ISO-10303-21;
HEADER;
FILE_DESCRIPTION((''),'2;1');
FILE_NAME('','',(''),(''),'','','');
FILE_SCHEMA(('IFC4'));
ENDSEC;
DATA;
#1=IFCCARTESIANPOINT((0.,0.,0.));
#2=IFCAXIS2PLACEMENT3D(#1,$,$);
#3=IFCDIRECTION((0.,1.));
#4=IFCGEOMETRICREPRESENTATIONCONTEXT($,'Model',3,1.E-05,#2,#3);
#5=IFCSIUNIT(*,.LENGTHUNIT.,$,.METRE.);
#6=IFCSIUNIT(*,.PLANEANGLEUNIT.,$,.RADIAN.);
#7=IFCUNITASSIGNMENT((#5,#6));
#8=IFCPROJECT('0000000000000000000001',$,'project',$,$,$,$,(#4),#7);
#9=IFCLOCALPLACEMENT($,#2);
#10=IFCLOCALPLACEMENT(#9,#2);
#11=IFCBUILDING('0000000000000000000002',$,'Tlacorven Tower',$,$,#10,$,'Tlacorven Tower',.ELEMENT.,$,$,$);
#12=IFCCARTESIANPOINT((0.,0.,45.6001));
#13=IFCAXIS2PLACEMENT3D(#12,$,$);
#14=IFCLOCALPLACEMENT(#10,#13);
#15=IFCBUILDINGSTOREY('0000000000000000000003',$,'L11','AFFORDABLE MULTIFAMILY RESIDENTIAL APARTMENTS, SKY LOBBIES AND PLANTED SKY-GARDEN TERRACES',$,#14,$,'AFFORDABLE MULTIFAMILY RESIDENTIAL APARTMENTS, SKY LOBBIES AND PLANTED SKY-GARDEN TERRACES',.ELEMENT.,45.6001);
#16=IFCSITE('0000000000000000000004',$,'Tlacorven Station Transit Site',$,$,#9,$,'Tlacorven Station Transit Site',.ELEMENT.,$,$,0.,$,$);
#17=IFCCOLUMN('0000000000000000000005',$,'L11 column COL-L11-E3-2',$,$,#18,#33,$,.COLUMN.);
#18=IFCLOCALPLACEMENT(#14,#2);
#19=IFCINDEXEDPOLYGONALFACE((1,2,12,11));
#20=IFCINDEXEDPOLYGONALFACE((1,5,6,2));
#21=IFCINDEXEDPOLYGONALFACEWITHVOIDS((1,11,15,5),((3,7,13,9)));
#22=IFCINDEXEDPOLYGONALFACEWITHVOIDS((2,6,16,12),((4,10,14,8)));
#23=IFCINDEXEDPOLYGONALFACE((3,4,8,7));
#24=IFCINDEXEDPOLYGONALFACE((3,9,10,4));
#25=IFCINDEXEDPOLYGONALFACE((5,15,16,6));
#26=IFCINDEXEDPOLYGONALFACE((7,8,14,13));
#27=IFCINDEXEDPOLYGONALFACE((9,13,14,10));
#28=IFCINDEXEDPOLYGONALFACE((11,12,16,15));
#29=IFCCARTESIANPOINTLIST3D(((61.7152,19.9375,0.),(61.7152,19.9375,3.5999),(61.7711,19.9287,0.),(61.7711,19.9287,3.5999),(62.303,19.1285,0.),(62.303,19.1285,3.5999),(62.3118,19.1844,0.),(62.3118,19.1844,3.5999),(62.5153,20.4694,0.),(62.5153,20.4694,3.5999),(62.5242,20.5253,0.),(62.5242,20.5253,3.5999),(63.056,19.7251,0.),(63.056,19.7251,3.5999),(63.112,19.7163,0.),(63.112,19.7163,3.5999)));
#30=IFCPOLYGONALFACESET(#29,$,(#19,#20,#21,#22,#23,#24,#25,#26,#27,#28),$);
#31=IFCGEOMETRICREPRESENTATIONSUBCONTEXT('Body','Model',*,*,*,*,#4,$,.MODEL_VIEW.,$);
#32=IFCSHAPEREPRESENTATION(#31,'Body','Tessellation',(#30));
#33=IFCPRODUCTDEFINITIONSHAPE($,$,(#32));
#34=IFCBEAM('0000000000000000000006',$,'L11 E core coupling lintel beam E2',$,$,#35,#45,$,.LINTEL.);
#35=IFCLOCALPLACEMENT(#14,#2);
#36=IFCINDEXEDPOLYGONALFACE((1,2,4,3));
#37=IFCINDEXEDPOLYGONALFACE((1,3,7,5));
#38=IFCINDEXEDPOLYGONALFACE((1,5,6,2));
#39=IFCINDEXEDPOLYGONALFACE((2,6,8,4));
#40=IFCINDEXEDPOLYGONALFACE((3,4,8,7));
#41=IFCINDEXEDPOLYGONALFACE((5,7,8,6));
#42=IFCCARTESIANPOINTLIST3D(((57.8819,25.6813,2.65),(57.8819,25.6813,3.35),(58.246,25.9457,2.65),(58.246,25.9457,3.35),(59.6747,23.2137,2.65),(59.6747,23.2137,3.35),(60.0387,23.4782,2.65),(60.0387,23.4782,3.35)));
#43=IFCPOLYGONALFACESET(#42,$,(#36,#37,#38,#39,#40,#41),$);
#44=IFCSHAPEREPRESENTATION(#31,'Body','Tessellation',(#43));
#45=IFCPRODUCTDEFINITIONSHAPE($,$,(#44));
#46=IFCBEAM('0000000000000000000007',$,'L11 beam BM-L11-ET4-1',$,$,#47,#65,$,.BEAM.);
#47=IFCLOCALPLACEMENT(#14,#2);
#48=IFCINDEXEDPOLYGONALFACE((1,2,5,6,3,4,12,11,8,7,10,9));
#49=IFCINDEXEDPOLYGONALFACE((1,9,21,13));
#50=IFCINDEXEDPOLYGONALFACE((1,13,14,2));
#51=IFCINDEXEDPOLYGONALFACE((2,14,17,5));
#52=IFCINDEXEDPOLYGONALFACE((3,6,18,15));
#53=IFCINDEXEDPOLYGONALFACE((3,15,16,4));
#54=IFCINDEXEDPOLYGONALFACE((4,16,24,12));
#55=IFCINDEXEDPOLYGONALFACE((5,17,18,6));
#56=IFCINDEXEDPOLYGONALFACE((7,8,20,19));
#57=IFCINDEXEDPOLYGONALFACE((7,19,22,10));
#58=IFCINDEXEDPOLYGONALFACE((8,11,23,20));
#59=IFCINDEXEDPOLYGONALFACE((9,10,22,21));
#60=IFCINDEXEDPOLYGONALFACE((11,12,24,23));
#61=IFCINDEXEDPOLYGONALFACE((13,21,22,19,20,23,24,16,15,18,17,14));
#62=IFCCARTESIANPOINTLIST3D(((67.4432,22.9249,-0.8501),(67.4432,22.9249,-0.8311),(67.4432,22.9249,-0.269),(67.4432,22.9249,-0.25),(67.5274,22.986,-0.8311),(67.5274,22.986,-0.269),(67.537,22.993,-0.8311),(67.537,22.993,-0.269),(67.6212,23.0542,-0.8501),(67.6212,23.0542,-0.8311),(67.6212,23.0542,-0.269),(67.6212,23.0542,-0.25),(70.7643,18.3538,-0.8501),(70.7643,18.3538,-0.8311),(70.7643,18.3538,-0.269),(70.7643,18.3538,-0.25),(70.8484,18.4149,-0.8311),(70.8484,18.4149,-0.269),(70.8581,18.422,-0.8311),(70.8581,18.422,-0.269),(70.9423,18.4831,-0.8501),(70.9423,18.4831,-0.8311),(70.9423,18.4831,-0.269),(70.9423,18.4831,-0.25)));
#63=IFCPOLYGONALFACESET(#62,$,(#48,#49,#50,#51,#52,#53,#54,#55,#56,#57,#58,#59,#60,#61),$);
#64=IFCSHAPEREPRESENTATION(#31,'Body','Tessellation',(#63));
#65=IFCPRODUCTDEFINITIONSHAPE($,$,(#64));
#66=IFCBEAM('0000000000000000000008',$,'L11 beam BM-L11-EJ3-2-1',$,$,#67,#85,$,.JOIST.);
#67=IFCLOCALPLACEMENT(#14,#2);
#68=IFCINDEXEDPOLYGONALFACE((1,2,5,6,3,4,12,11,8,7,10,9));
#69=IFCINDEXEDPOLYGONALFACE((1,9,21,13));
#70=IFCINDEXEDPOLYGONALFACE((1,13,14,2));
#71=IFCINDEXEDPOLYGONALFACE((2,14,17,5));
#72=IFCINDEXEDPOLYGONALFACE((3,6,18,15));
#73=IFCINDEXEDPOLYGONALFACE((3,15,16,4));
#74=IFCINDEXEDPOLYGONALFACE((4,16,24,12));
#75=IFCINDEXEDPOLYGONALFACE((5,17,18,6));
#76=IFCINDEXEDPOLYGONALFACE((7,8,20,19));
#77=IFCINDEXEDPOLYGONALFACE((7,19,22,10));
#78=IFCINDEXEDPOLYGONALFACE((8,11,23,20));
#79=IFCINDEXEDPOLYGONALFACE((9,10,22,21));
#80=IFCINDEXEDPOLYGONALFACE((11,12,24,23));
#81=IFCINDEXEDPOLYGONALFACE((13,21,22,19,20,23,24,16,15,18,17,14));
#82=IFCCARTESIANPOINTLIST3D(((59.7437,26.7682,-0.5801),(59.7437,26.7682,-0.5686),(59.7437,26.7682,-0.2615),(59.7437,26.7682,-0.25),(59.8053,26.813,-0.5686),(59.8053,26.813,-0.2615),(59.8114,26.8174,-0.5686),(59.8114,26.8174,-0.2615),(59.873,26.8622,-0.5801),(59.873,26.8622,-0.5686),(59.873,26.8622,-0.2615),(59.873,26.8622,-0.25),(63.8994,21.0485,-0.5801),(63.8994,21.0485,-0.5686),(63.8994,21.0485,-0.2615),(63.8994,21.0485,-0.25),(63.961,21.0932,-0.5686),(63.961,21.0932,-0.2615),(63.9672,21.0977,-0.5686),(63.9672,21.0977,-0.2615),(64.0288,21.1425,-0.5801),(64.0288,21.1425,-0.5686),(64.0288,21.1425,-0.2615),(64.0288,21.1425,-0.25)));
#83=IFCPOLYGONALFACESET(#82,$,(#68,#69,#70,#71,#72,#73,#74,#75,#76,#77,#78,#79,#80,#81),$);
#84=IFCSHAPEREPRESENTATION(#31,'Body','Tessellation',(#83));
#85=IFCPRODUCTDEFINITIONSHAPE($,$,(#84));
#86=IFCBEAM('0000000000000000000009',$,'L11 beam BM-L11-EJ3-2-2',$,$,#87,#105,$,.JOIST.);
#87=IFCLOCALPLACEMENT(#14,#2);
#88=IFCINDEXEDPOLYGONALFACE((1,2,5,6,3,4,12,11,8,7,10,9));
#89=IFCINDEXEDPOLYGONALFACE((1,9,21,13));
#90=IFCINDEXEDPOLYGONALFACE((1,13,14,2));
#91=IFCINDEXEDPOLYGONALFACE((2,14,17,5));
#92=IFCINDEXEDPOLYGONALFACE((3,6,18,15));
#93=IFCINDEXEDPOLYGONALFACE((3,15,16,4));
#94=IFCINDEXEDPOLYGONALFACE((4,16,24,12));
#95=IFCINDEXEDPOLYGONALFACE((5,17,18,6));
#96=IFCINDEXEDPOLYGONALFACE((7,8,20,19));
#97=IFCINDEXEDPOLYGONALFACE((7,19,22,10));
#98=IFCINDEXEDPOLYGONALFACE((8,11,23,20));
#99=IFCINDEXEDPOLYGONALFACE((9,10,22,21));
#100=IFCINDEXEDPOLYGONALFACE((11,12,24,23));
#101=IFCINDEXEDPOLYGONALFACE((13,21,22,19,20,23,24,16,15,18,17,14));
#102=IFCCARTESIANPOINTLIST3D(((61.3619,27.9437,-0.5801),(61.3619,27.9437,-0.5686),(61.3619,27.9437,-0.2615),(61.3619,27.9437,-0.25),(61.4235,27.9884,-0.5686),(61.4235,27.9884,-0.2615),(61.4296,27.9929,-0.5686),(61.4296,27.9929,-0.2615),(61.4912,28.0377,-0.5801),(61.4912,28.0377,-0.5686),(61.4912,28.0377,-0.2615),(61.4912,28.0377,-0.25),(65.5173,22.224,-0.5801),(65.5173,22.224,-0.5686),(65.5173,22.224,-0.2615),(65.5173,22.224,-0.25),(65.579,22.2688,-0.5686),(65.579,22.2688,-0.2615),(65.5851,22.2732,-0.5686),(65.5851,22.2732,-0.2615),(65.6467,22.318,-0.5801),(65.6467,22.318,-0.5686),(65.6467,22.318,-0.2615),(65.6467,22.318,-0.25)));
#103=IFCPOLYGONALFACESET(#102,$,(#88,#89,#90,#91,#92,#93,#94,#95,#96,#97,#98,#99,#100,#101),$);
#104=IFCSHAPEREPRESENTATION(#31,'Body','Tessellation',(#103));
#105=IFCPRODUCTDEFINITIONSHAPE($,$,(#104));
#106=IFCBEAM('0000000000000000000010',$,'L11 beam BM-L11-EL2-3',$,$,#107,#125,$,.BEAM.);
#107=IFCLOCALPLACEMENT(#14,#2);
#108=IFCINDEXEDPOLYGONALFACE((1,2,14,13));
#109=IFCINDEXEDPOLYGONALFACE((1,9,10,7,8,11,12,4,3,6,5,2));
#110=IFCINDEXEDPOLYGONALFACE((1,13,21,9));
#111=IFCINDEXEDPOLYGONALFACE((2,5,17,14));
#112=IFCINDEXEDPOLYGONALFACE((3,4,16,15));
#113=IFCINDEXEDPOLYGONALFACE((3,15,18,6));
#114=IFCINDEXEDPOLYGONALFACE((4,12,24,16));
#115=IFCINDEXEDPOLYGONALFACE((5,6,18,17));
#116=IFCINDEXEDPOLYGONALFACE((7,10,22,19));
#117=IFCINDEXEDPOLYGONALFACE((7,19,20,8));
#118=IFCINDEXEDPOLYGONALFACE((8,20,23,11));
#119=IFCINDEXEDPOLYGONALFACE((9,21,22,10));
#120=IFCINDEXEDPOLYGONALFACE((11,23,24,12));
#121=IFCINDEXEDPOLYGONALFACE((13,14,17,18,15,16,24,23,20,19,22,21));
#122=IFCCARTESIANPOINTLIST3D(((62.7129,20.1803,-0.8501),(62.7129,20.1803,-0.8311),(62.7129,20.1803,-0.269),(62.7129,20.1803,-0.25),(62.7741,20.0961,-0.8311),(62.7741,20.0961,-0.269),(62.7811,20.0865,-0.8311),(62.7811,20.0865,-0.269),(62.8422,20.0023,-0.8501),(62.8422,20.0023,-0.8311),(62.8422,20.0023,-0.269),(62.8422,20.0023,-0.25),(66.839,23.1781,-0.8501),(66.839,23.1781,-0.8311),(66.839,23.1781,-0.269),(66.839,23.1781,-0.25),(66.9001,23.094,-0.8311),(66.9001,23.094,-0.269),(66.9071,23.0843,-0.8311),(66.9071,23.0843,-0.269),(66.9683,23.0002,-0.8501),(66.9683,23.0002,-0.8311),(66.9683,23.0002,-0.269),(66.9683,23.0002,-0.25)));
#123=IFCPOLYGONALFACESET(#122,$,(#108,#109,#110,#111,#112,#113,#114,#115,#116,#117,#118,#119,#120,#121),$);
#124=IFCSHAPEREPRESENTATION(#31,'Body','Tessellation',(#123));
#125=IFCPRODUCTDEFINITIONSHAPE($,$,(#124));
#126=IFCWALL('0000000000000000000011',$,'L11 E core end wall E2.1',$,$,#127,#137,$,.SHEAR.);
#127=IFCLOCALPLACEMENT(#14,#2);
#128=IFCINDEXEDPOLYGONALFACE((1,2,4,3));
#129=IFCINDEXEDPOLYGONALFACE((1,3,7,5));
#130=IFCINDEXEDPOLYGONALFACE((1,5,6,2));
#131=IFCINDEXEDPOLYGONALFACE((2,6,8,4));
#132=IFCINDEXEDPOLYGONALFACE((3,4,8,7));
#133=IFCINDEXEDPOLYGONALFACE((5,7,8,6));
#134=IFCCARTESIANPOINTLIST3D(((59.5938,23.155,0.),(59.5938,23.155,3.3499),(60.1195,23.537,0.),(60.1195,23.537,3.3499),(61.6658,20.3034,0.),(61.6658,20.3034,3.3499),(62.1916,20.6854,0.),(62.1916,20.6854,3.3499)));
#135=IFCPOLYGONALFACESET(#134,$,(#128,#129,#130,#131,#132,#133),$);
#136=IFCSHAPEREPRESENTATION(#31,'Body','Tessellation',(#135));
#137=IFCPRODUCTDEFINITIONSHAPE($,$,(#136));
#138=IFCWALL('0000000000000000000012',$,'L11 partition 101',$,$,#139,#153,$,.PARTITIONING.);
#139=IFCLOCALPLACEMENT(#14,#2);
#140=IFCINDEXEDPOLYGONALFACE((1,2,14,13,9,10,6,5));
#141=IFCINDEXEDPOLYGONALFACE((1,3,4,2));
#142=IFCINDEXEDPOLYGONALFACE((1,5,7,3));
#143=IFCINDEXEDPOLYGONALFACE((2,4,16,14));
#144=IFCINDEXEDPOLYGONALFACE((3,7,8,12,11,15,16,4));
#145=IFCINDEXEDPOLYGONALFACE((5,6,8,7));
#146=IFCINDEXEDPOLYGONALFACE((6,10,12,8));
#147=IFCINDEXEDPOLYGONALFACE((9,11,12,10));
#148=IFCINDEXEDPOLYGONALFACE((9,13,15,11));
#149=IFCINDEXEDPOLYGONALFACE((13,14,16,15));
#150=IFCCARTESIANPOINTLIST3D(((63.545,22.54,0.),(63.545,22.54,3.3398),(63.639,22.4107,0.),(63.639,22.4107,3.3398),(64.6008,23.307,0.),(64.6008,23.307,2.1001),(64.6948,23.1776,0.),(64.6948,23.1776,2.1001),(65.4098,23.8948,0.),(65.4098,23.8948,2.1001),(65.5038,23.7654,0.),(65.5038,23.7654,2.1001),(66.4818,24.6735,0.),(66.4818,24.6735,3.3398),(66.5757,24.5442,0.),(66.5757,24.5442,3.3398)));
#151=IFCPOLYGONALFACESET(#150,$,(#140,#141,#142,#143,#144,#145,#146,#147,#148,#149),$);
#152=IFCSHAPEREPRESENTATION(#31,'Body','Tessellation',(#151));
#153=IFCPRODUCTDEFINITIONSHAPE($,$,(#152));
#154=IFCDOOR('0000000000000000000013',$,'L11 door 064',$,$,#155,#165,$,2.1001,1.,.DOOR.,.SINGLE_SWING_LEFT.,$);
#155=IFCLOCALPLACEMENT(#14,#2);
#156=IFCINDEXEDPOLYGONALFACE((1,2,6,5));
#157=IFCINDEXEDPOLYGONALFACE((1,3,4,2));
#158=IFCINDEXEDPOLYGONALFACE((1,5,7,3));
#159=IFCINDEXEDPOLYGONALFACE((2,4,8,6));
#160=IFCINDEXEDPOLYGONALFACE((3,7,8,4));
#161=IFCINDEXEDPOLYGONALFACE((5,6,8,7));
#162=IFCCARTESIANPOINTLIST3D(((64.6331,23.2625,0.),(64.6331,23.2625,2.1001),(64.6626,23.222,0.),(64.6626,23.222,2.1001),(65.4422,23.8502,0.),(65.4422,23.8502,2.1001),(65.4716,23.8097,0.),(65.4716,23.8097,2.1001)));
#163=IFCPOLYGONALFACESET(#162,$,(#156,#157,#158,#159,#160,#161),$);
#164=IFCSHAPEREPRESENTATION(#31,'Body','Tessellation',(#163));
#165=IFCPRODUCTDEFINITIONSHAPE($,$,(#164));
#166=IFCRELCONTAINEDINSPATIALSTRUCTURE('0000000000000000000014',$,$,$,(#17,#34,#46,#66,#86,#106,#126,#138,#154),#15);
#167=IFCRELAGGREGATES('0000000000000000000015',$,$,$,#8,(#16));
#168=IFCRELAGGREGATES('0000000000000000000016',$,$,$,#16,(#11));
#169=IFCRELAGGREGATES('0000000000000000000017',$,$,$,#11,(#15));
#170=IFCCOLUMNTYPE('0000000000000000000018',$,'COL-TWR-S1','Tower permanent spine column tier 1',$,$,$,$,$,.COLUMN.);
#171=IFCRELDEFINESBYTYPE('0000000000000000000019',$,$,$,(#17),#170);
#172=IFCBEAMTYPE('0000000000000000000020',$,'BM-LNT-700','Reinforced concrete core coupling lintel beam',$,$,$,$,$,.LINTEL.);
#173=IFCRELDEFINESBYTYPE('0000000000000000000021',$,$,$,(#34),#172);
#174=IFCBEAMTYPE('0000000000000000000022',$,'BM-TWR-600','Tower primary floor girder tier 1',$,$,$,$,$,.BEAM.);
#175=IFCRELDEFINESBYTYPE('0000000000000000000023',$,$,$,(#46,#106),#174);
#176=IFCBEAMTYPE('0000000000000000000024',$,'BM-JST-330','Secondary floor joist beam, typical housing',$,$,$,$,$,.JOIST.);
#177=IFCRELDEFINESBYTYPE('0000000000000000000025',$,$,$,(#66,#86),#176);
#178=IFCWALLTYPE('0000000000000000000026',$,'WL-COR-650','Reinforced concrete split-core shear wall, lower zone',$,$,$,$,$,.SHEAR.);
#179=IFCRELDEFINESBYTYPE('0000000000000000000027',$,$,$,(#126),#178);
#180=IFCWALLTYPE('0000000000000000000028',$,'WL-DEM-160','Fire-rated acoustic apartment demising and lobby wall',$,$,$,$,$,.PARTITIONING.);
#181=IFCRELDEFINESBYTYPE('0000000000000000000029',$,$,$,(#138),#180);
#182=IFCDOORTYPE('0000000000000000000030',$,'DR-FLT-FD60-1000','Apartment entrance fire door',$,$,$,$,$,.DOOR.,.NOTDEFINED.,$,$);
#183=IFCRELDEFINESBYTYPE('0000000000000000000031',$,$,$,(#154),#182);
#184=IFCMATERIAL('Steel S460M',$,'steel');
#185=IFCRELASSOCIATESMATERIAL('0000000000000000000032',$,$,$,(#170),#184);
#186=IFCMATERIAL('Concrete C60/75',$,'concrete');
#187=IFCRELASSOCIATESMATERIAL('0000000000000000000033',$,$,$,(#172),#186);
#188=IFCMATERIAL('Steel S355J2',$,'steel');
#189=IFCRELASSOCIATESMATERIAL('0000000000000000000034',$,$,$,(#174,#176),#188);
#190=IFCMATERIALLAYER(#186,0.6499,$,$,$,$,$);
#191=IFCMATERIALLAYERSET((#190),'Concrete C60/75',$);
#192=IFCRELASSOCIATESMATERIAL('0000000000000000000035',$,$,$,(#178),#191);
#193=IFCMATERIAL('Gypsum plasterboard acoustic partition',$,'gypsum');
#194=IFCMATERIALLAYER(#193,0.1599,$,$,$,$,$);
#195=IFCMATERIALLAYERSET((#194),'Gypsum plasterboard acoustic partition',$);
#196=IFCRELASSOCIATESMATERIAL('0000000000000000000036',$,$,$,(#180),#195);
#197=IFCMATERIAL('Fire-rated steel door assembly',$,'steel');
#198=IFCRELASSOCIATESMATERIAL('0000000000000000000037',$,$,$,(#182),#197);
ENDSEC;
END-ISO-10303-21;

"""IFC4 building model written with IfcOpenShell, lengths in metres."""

from ifc_helpers import new_model, si_unit, direction, frame, frame_2d, origin, origin_2d, place, context, subcontext, project, spatial, rectangle, hollow_rectangle, i_section, extrude, source, transform, mapped, material, layer, layer_set, material_profile, profile_set, type_object, element, fill, save


model = new_model("IFC4")

# Units and contexts
model_context = context("Model", 3, precision=1e-05, world=origin(), true_north=direction((0.0, 1.0)))
body_context = subcontext(model_context, "Body", "Model", "MODEL_VIEW")
ifc_project = project(units=[si_unit("LENGTHUNIT", "METRE"), si_unit("PLANEANGLEUNIT", "RADIAN")], contexts=[model_context])

# Site, building, storey
site_placement = place(None, origin())
site = spatial("IfcSite", under=ifc_project, at=site_placement, Name="Tlacorven Station Transit Site", LongName="Tlacorven Station Transit Site", CompositionType="ELEMENT", RefElevation=0.0)
building_placement = place(site_placement, origin())
building = spatial("IfcBuilding", under=site, at=building_placement, Name="Tlacorven Tower", LongName="Tlacorven Tower", CompositionType="ELEMENT")
storey_placement = place(building_placement, frame((0.0, 0.0, 45.6001)))
storey = spatial("IfcBuildingStorey", under=building, at=storey_placement, Name="L11", Description="AFFORDABLE MULTIFAMILY RESIDENTIAL APARTMENTS, SKY LOBBIES AND PLANTED SKY-GARDEN TERRACES", LongName="AFFORDABLE MULTIFAMILY RESIDENTIAL APARTMENTS, SKY LOBBIES AND PLANTED SKY-GARDEN TERRACES", CompositionType="ELEMENT", Elevation=45.6001)

# Column
ifc_material_1 = material(Name="Steel S460M", Category="steel")
ifc_material_profile_1 = material_profile(ifc_material_1, hollow_rectangle(XDim=1.0, YDim=1.0, WallThickness=0.04, at=origin_2d()), Name="BOX 1000X1000X40")
ifc_profile_set_1 = profile_set([ifc_material_profile_1], Name="Steel S460M")
column_type = type_object("IfcColumnType", Name="COL-TWR-S1", Description="Tower permanent spine column tier 1", PredefinedType="COLUMN", material=ifc_profile_set_1)
shared_shape_1 = source(origin(), body_context, "Body", "SweptSolid", [
    extrude(hollow_rectangle(XDim=1.0, YDim=1.0, WallThickness=0.04, at=origin_2d()), origin(), (0.0, 0.0, 1.0), 3.5999),
])
column_placement = place(storey_placement, frame((62.4136, 19.8269, 0.0), z_axis=(0.0, 0.0, 1.0), x_axis=(0.809017, 0.587785, 0.0)))
element("IfcColumn", 1, at=column_placement, inside=storey, type_object=column_type, Name="L11 column COL-L11-E3-2", PredefinedType="COLUMN", context=body_context, shape_type="MappedRepresentation", body=[
    mapped(shared_shape_1, transform((0.0, 0.0, 0.0), scale=1.0)),
])

# Beams
ifc_material_2 = material(Name="Concrete C60/75", Category="concrete")
ifc_material_profile_2 = material_profile(ifc_material_2, rectangle(XDim=0.45, YDim=0.7, at=origin_2d()), Name="RC 450X700")
ifc_profile_set_2 = profile_set([ifc_material_profile_2], Name="Concrete C60/75")
beam_type_1 = type_object("IfcBeamType", Name="BM-LNT-700", Description="Reinforced concrete core coupling lintel beam", PredefinedType="LINTEL", material=ifc_profile_set_2)
shared_shape_2 = source(origin(), body_context, "Body", "SweptSolid", [
    extrude(rectangle(XDim=0.45, YDim=0.7, at=origin_2d()), origin(), (0.0, 0.0, 1.0), 3.05),
])
beam_1_placement = place(storey_placement, frame((59.8567, 23.3459, 3.0), z_axis=(-0.587777, 0.809023, 0.0), x_axis=(-0.809023, -0.587777, 0.0)))
element("IfcBeam", 2, at=beam_1_placement, inside=storey, type_object=beam_type_1, Name="L11 E core coupling lintel beam E2", PredefinedType="LINTEL", context=body_context, shape_type="MappedRepresentation", body=[
    mapped(shared_shape_2, transform((0.0, 0.0, 0.0), scale=1.0)),
])
ifc_material_3 = material(Name="Steel S355J2", Category="steel")
ifc_material_profile_3 = material_profile(ifc_material_3, i_section(OverallWidth=0.22, OverallDepth=0.6001, WebThickness=0.012, FlangeThickness=0.019, at=origin_2d()), Name="IPE 600")
ifc_profile_set_3 = profile_set([ifc_material_profile_3], Name="Steel S355J2")
beam_type_2 = type_object("IfcBeamType", Name="BM-TWR-600", Description="Tower primary floor girder tier 1", PredefinedType="BEAM", material=ifc_profile_set_3)
shared_shape_3 = source(origin(), body_context, "Body", "SweptSolid", [
    extrude(i_section(OverallWidth=0.22, OverallDepth=0.6001, WebThickness=0.012, FlangeThickness=0.019, at=origin_2d()), origin(), (0.0, 0.0, 1.0), 5.6501),
])
beam_2_placement = place(storey_placement, frame((70.8533, 18.4185, -0.55), z_axis=(-0.587784, 0.809018, 0.0), x_axis=(-0.809018, -0.587784, 0.0)))
element("IfcBeam", 3, at=beam_2_placement, inside=storey, type_object=beam_type_2, Name="L11 beam BM-L11-ET4-1", PredefinedType="BEAM", context=body_context, shape_type="MappedRepresentation", body=[
    mapped(shared_shape_3, transform((0.0, 0.0, 0.0), scale=1.0)),
])
ifc_material_profile_4 = material_profile(ifc_material_3, i_section(OverallWidth=0.1599, OverallDepth=0.3301, WebThickness=0.0076, FlangeThickness=0.0115, at=origin_2d()), Name="IPE 330")
ifc_profile_set_4 = profile_set([ifc_material_profile_4], Name="Steel S355J2")
beam_type_3 = type_object("IfcBeamType", Name="BM-JST-330", Description="Secondary floor joist beam, typical housing", PredefinedType="JOIST", material=ifc_profile_set_4)
shared_shape_4 = source(origin(), body_context, "Body", "SweptSolid", [
    extrude(i_section(OverallWidth=0.1599, OverallDepth=0.3301, WebThickness=0.0076, FlangeThickness=0.0115, at=origin_2d()), origin(), (0.0, 0.0, 1.0), 7.0701),
])
beam_3_placement = place(storey_placement, frame((63.9641, 21.0955, -0.415), z_axis=(-0.587798, 0.809008, 0.0), x_axis=(-0.809008, -0.587798, 0.0)))
element("IfcBeam", 4, at=beam_3_placement, inside=storey, type_object=beam_type_3, Name="L11 beam BM-L11-EJ3-2-1", PredefinedType="JOIST", context=body_context, shape_type="MappedRepresentation", body=[
    mapped(shared_shape_4, transform((0.0, 0.0, 0.0), scale=1.0)),
])
shared_shape_5 = source(origin(), body_context, "Body", "SweptSolid", [
    extrude(i_section(OverallWidth=0.1599, OverallDepth=0.3301, WebThickness=0.0076, FlangeThickness=0.0115, at=origin_2d()), origin(), (0.0, 0.0, 1.0), 7.0698),
])
beam_4_placement = place(storey_placement, frame((65.582, 22.271, -0.415), z_axis=(-0.587775, 0.809024, 0.0), x_axis=(-0.809024, -0.587775, 0.0)))
element("IfcBeam", 5, at=beam_4_placement, inside=storey, type_object=beam_type_3, Name="L11 beam BM-L11-EJ3-2-2", PredefinedType="JOIST", context=body_context, shape_type="MappedRepresentation", body=[
    mapped(shared_shape_5, transform((0.0, 0.0, 0.0), scale=1.0)),
])
shared_shape_6 = source(origin(), body_context, "Body", "SweptSolid", [
    extrude(i_section(OverallWidth=0.22, OverallDepth=0.6001, WebThickness=0.012, FlangeThickness=0.019, at=origin_2d()), origin(), (0.0, 0.0, 1.0), 5.1001),
])
beam_5_placement = place(storey_placement, frame((62.7776, 20.0913, -0.55), z_axis=(0.809007, 0.587799, 0.0), x_axis=(-0.587799, 0.809007, 0.0)))
element("IfcBeam", 6, at=beam_5_placement, inside=storey, type_object=beam_type_2, Name="L11 beam BM-L11-EL2-3", PredefinedType="BEAM", context=body_context, shape_type="MappedRepresentation", body=[
    mapped(shared_shape_6, transform((0.0, 0.0, 0.0), scale=1.0)),
])

# Wall
ifc_layer_1 = layer(ifc_material_2, 0.6499)
ifc_layer_set_1 = layer_set([ifc_layer_1], Name="Concrete C60/75")
wall_type_1 = type_object("IfcWallType", Name="WL-COR-650", Description="Reinforced concrete split-core shear wall, lower zone", PredefinedType="SHEAR", material=ifc_layer_set_1)
wall_1_placement = place(storey_placement, frame((61.9287, 20.4944, 0.0), z_axis=(0.0, 0.0, 1.0), x_axis=(-0.58783, 0.808985, 0.0)))
element("IfcWall", 7, at=wall_1_placement, inside=storey, type_object=wall_type_1, Name="L11 E core end wall E2.1", PredefinedType="SHEAR", context=body_context, shape_type="SweptSolid", body=[
    extrude(rectangle(XDim=3.5249, YDim=0.6499, at=frame_2d((1.7625, 0.0))), origin(), (0.0, 0.0, 1.0), 3.3499),
])

# Wall, opening, door
ifc_material_4 = material(Name="Gypsum plasterboard acoustic partition", Category="gypsum")
ifc_layer_2 = layer(ifc_material_4, 0.1599)
ifc_layer_set_2 = layer_set([ifc_layer_2], Name="Gypsum plasterboard acoustic partition")
wall_type_2 = type_object("IfcWallType", Name="WL-DEM-160", Description="Fire-rated acoustic apartment demising and lobby wall", PredefinedType="PARTITIONING", material=ifc_layer_set_2)
wall_2_placement = place(storey_placement, frame((63.592, 22.4753, 0.0), z_axis=(0.0, 0.0, 1.0), x_axis=(0.809036, 0.58776, 0.0)))
wall_2 = element("IfcWall", 8, at=wall_2_placement, inside=storey, type_object=wall_type_2, Name="L11 partition 101", PredefinedType="PARTITIONING", context=body_context, shape_type="SweptSolid", body=[
    extrude(rectangle(XDim=3.6299, YDim=0.1599, at=frame_2d((1.8149, 0.0))), origin(), (0.0, 0.0, 1.0), 3.3398),
])
opening_placement = place(wall_2_placement, frame((1.3049, 0.0, 0.0)))
opening = element("IfcOpeningElement", 9, at=opening_placement, cuts=wall_2, PredefinedType="OPENING", context=body_context, shape_type="SweptSolid", body=[
    extrude(rectangle(XDim=1.0, YDim=2.1001, at=frame_2d((0.5, 1.05))), frame((0.0, 0.0898, 0.0), z_axis=(0.0, -1.0, 0.0), x_axis=(1.0, 0.0, 0.0)), (0.0, 0.0, 1.0), 0.1799),
])
ifc_material_5 = material(Name="Fire-rated steel door assembly", Category="steel")
door_type = type_object("IfcDoorType", Name="DR-FLT-FD60-1000", Description="Apartment entrance fire door", OperationType="NOTDEFINED", PredefinedType="DOOR", material=ifc_material_5)
shared_shape_7 = source(origin(), body_context, "Body", "SweptSolid", [
    extrude(rectangle(XDim=1.0, YDim=2.1001, at=frame_2d((0.5, 1.05))), frame((0.0, 0.0249, 0.0), z_axis=(0.0, -1.0, 0.0), x_axis=(1.0, 0.0, 0.0)), (0.0, 0.0, 1.0), 0.05),
])
door_placement = place(opening_placement, origin())
door = element("IfcDoor", 10, at=door_placement, inside=storey, type_object=door_type, Name="L11 door 064", OperationType="SINGLE_SWING_LEFT", OverallHeight=2.1001, OverallWidth=1.0, PredefinedType="DOOR", context=body_context, shape_type="MappedRepresentation", body=[
    mapped(shared_shape_7, transform((0.0, 0.0, 0.0), scale=1.0)),
])
fill(opening, door)

save(model, "model.ifc")
